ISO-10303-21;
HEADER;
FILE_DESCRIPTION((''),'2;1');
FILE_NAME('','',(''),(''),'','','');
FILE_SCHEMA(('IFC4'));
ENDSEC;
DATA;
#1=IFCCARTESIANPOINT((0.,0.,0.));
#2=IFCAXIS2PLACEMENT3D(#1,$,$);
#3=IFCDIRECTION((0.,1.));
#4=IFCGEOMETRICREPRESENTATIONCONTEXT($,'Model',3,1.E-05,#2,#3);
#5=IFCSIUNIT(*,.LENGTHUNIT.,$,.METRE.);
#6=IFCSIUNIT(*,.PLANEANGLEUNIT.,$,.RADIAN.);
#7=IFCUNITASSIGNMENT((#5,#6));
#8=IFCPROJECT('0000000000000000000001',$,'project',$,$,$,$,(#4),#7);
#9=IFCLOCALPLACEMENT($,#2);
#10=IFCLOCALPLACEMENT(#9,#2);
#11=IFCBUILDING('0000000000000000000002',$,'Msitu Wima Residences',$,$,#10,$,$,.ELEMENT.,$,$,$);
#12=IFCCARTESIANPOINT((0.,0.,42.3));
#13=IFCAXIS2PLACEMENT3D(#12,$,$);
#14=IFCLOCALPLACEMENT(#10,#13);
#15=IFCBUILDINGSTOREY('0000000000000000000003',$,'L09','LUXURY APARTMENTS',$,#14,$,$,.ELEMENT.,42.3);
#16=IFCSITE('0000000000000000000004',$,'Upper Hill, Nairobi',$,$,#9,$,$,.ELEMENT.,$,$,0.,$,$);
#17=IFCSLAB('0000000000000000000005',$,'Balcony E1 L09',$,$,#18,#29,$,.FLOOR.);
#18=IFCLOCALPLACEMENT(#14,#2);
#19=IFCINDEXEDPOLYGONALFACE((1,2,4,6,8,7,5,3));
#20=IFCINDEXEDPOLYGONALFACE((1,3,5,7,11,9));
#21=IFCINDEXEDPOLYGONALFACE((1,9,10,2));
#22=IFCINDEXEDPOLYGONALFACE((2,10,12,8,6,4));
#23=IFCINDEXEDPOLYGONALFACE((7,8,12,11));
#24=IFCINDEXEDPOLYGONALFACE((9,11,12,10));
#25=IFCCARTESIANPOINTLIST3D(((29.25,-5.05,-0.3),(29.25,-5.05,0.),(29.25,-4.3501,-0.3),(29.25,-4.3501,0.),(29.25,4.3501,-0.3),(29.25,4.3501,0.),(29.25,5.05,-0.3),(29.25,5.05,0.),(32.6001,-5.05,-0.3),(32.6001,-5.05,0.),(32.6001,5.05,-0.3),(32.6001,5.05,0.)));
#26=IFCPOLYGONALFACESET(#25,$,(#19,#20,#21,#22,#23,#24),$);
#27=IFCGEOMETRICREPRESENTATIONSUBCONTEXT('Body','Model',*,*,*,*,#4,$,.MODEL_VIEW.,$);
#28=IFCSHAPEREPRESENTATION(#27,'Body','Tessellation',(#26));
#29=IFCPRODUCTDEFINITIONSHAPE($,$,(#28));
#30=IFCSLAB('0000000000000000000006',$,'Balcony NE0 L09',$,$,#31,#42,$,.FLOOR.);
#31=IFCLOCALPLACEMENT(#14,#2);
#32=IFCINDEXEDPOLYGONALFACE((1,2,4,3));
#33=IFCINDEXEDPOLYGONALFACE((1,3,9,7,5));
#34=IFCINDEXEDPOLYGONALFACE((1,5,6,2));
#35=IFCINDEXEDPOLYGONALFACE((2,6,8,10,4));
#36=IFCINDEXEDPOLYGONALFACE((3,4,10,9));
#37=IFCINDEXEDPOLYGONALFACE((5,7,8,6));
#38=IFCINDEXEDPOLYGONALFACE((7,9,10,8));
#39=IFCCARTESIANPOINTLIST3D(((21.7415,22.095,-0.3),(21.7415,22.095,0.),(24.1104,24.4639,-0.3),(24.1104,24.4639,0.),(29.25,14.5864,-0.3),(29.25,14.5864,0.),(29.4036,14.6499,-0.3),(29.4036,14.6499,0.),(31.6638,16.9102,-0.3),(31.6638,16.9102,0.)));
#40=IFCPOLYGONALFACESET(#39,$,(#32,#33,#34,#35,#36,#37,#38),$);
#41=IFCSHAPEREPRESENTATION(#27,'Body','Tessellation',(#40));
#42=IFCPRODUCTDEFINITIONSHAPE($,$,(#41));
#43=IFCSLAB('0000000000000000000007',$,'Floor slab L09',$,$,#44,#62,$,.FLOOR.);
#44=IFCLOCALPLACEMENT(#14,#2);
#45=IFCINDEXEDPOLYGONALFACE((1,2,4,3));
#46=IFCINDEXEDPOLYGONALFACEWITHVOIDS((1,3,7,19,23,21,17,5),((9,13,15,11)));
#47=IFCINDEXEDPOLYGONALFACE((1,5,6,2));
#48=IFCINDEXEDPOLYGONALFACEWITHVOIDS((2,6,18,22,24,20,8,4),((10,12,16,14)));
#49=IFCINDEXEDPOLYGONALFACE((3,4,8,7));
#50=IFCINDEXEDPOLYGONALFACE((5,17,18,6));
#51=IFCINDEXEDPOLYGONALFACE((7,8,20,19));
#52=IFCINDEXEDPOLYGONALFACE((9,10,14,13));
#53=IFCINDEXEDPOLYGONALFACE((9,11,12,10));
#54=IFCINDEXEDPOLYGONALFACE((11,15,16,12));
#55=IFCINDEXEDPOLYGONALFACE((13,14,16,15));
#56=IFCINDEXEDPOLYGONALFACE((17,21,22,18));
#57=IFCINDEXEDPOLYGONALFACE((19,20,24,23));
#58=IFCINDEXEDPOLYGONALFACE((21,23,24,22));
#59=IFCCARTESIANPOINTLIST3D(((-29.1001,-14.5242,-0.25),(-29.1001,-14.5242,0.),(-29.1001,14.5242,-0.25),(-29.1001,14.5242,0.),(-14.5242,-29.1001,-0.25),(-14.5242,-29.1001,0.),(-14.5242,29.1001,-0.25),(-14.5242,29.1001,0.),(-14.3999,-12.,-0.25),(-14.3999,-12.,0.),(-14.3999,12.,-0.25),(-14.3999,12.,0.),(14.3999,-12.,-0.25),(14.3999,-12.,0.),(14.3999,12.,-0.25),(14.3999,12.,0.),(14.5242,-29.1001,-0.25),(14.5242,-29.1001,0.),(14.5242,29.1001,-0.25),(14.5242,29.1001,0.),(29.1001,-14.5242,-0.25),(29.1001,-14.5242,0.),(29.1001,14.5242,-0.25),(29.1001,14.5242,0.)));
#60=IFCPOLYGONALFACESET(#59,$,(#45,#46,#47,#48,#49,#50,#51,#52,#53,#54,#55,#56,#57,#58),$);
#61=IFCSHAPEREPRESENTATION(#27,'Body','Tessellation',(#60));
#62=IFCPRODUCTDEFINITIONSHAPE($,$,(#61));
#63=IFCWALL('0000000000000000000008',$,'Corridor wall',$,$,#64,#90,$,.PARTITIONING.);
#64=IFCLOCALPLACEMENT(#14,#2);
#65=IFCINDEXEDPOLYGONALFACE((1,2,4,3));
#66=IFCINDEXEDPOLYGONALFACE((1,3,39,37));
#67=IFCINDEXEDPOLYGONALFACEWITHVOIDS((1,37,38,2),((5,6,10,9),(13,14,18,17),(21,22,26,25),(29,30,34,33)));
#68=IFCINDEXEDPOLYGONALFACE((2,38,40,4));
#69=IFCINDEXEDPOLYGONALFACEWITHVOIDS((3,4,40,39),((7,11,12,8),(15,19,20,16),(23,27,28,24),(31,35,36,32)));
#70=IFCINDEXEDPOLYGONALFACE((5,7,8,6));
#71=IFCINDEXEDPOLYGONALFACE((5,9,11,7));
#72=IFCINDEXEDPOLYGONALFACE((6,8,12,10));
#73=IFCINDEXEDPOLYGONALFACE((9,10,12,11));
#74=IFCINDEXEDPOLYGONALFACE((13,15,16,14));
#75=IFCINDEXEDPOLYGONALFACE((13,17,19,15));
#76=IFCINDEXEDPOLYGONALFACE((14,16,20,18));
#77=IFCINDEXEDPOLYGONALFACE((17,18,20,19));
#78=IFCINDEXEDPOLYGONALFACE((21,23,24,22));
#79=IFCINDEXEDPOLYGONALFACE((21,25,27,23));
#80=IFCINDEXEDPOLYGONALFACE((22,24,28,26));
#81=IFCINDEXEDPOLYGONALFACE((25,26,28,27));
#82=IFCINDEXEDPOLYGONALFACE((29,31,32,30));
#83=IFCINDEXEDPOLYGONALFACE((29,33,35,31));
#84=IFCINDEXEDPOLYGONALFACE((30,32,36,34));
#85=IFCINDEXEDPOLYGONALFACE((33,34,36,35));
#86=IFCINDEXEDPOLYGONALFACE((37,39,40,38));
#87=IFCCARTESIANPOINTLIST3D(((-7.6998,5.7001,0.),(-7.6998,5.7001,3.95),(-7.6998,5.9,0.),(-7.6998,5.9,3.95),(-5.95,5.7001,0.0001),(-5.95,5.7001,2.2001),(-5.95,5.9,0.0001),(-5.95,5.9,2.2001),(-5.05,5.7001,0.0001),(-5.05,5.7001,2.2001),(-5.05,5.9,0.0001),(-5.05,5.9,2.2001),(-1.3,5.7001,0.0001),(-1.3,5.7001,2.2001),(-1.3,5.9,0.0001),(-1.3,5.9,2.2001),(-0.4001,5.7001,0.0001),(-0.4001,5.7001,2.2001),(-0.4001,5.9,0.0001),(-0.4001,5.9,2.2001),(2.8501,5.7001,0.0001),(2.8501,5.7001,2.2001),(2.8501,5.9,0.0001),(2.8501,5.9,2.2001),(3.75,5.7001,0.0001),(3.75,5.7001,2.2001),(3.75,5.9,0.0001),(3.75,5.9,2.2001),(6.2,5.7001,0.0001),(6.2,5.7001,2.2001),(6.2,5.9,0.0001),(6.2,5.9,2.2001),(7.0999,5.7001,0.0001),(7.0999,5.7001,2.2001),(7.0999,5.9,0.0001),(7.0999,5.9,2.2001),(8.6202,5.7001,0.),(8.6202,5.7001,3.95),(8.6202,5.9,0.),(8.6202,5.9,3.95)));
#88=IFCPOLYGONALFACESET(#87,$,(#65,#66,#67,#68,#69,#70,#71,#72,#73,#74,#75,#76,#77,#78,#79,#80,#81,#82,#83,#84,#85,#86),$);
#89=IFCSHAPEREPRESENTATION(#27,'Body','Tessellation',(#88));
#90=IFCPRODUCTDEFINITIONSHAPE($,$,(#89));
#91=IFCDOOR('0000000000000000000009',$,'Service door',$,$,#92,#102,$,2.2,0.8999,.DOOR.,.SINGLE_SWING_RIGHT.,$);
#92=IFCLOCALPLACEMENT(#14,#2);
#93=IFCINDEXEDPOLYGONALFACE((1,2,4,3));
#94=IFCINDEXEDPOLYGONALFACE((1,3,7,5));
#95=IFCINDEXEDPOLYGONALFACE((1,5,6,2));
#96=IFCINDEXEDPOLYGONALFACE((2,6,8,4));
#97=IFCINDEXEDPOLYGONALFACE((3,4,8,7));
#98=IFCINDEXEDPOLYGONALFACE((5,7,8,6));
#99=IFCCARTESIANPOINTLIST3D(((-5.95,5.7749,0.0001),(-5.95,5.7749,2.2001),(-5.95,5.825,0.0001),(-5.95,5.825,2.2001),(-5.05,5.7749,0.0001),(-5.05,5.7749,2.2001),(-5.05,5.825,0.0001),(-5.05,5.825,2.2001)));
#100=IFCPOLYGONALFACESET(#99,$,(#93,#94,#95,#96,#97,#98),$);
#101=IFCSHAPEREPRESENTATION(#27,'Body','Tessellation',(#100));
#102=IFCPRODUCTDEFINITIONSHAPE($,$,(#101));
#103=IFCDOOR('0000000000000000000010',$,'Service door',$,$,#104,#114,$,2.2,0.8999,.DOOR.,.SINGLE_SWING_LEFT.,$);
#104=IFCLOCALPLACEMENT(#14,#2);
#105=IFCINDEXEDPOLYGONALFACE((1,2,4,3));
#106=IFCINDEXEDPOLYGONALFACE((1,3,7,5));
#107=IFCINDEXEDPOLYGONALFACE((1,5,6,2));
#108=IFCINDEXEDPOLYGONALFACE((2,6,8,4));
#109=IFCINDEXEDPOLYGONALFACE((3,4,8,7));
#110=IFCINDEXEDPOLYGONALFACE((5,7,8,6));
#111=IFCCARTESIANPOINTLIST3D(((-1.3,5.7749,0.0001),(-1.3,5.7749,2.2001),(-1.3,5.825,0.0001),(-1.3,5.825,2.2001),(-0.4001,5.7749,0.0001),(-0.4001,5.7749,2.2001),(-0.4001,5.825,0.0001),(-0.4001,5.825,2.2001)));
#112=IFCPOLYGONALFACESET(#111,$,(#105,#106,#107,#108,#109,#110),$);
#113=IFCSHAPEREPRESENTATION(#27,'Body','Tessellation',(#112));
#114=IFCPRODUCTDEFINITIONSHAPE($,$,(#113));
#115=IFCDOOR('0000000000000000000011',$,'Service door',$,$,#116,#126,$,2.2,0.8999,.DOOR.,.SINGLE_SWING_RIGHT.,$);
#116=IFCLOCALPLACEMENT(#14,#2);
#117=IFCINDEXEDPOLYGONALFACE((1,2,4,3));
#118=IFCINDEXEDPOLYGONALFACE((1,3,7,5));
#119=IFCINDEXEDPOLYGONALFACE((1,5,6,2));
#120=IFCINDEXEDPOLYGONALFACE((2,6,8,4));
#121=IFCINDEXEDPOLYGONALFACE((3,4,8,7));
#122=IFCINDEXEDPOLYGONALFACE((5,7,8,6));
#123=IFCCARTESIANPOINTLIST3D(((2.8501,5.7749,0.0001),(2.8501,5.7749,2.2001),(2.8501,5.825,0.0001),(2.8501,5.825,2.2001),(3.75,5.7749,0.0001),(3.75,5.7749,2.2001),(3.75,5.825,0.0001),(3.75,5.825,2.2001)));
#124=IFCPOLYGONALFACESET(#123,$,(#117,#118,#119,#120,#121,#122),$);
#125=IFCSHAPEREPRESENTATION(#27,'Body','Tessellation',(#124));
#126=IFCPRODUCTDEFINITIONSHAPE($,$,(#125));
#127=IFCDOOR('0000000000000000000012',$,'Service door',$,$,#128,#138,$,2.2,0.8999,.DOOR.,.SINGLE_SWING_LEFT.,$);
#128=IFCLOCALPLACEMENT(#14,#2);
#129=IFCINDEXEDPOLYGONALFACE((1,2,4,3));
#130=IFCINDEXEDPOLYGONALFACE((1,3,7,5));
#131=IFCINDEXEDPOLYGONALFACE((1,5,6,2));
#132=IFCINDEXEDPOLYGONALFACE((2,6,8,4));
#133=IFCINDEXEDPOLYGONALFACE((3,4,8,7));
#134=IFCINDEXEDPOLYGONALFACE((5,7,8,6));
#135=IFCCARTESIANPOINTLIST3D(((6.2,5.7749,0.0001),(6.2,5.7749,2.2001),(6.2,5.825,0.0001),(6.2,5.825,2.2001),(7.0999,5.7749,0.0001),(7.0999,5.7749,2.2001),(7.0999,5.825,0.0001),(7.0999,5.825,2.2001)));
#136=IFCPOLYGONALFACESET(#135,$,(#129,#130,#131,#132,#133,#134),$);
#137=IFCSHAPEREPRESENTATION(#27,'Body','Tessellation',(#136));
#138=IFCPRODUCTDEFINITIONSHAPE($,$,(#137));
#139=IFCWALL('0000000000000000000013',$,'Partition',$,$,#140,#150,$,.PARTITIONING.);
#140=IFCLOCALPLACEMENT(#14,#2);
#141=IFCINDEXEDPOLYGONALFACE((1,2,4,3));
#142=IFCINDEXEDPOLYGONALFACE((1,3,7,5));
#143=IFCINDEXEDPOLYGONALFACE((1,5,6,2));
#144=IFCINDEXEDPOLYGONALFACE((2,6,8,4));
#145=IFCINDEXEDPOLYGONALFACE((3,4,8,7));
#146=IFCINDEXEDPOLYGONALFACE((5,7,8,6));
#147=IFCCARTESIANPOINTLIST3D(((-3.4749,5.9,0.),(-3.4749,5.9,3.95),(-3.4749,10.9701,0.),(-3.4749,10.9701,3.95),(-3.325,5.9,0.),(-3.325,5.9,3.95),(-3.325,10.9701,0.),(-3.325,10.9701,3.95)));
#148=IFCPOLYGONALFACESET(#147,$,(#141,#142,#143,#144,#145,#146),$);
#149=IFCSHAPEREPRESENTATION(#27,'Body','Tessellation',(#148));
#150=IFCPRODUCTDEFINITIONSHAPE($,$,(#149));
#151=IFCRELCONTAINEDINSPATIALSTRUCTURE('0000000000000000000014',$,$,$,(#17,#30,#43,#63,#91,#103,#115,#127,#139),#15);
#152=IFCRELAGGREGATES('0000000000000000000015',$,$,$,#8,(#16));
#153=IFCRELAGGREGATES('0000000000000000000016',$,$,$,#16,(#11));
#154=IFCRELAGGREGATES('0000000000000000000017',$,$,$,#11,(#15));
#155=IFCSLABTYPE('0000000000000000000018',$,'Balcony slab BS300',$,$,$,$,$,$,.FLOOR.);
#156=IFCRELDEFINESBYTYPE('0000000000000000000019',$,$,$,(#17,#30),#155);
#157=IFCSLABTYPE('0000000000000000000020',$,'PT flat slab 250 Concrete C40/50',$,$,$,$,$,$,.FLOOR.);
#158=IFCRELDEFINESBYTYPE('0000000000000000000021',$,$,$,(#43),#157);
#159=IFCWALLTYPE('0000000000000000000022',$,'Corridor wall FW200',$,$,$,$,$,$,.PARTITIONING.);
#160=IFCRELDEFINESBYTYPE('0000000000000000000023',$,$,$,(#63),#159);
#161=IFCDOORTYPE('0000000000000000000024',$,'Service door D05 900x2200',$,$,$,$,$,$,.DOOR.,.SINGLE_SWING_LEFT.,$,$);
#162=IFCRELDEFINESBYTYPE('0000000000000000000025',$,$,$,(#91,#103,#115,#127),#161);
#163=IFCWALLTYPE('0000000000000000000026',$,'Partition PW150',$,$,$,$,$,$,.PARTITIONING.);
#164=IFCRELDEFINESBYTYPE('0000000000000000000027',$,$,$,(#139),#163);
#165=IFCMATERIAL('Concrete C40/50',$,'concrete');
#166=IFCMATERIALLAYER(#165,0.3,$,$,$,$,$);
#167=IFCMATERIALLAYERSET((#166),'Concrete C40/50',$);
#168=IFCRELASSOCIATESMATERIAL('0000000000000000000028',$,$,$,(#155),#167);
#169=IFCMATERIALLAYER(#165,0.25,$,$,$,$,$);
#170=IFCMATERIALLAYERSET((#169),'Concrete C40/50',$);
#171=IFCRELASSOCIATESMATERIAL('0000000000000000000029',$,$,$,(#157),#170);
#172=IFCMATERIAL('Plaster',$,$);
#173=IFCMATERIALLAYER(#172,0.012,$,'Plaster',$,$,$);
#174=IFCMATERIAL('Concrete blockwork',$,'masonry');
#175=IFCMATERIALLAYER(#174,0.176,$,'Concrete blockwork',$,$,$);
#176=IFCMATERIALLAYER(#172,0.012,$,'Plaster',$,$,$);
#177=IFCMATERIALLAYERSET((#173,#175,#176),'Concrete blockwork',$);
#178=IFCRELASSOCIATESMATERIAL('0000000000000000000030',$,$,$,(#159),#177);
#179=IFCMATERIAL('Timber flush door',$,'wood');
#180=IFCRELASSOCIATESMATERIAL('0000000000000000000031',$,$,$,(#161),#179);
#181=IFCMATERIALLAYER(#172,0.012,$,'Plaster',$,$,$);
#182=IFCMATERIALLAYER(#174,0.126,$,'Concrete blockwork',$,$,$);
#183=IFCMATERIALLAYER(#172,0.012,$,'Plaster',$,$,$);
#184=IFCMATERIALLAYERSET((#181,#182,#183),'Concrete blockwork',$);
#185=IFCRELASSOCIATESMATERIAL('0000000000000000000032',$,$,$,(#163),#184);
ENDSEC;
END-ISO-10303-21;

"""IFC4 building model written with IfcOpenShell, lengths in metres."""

from ifc_helpers import new_model, si_unit, direction, frame, frame_2d, origin, place, context, subcontext, project, spatial, polyline, rectangle, outline, extrude, material, layer, layer_set, type_object, element, fill, save


model = new_model("IFC4")

# Units and contexts
model_context = context("Model", 3, precision=1e-05, world=origin(), true_north=direction((0.0, 1.0)))
body_context = subcontext(model_context, "Body", "Model", "MODEL_VIEW")
ifc_project = project(units=[si_unit("LENGTHUNIT", "METRE"), si_unit("PLANEANGLEUNIT", "RADIAN")], contexts=[model_context])

# Site, building, storey
site_placement = place(None, origin())
site = spatial("IfcSite", under=ifc_project, at=site_placement, Name="Upper Hill, Nairobi", CompositionType="ELEMENT", RefElevation=0.0)
building_placement = place(site_placement, origin())
building = spatial("IfcBuilding", under=site, at=building_placement, Name="Msitu Wima Residences", CompositionType="ELEMENT")
storey_placement = place(building_placement, frame((0.0, 0.0, 42.3)))
storey = spatial("IfcBuildingStorey", under=building, at=storey_placement, Name="L09", Description="LUXURY APARTMENTS", CompositionType="ELEMENT", Elevation=42.3)

# Slabs
ifc_material_1 = material(Name="Concrete C40/50", Category="concrete")
ifc_layer_1 = layer(ifc_material_1, 0.3)
ifc_layer_set_1 = layer_set([ifc_layer_1], Name="Concrete C40/50")
slab_type_1 = type_object("IfcSlabType", Name="Balcony slab BS300", PredefinedType="FLOOR", material=ifc_layer_set_1)
slab_1_placement = place(storey_placement, frame((0.0, 0.0, -0.3)))
element("IfcSlab", 1, at=slab_1_placement, inside=storey, type_object=slab_type_1, Name="Balcony E1 L09", PredefinedType="FLOOR", context=body_context, shape_type="SweptSolid", body=[
    extrude(outline(polyline([(29.25, -4.3501), (29.25, 4.3501), (29.25, 5.05), (32.6001, 5.05), (32.6001, -5.05), (29.25, -5.05), (29.25, -4.3501)])), origin(), (0.0, 0.0, 1.0), 0.3),
])
slab_2_placement = place(storey_placement, frame((0.0, 0.0, -0.3)))
element("IfcSlab", 2, at=slab_2_placement, inside=storey, type_object=slab_type_1, Name="Balcony NE0 L09", PredefinedType="FLOOR", context=body_context, shape_type="SweptSolid", body=[
    extrude(outline(polyline([(24.1104, 24.4639), (31.6638, 16.9102), (29.4036, 14.6499), (29.25, 14.5864), (21.7415, 22.095), (24.1104, 24.4639)])), origin(), (0.0, 0.0, 1.0), 0.3),
])
ifc_layer_2 = layer(ifc_material_1, 0.25)
ifc_layer_set_2 = layer_set([ifc_layer_2], Name="Concrete C40/50")
slab_type_2 = type_object("IfcSlabType", Name="PT flat slab 250 Concrete C40/50", PredefinedType="FLOOR", material=ifc_layer_set_2)
slab_3_placement = place(storey_placement, frame((0.0, 0.0, -0.25)))
element("IfcSlab", 3, at=slab_3_placement, inside=storey, type_object=slab_type_2, Name="Floor slab L09", PredefinedType="FLOOR", context=body_context, shape_type="SweptSolid", body=[
    extrude(outline(polyline([(29.1001, -14.5242), (14.5242, -29.1001), (-14.5242, -29.1001), (-29.1001, -14.5242), (-29.1001, 14.5242), (-14.5242, 29.1001), (14.5242, 29.1001), (29.1001, 14.5242), (29.1001, -14.5242)]), holes=[polyline([(-14.3999, -12.0), (14.3999, -12.0), (14.3999, 12.0), (-14.3999, 12.0), (-14.3999, -12.0)])]), origin(), (0.0, 0.0, 1.0), 0.25),
])

# Shared definitions
ifc_material_2 = material(Name="Plaster")
ifc_layer_3 = layer(ifc_material_2, 0.012, Name="Plaster")
ifc_material_3 = material(Name="Concrete blockwork", Category="masonry")
ifc_layer_4 = layer(ifc_material_3, 0.176, Name="Concrete blockwork")
ifc_layer_5 = layer(ifc_material_2, 0.012, Name="Plaster")
ifc_layer_set_3 = layer_set([ifc_layer_3, ifc_layer_4, ifc_layer_5], Name="Concrete blockwork")
wall_type_1 = type_object("IfcWallType", Name="Corridor wall FW200", PredefinedType="PARTITIONING", material=ifc_layer_set_3)

# Wall, openings, doors
wall_1_placement = place(storey_placement, frame((-7.7, 5.8, 0.0), z_axis=(0.0, 0.0, 1.0), x_axis=(1.0, 0.0, 0.0)))
wall_1 = element("IfcWall", 4, at=wall_1_placement, inside=storey, type_object=wall_type_1, Name="Corridor wall", PredefinedType="PARTITIONING", context=body_context, shape_type="SweptSolid", body=[
    extrude(rectangle(XDim=16.3201, YDim=0.2, at=frame_2d((8.1602, 0.0))), origin(), (0.0, 0.0, 1.0), 3.95),
])
opening_1_placement = place(wall_1_placement, frame((1.75, 0.0, 0.0)))
opening_1 = element("IfcOpeningElement", 5, at=opening_1_placement, cuts=wall_1, PredefinedType="OPENING", context=body_context, shape_type="SweptSolid", body=[
    extrude(rectangle(XDim=0.8999, YDim=2.2, at=frame_2d((0.45, 1.1001))), frame((0.0, 0.1099, 0.0), z_axis=(0.0, -1.0, 0.0), x_axis=(1.0, 0.0, 0.0)), (0.0, 0.0, 1.0), 0.22),
])
opening_2_placement = place(wall_1_placement, frame((6.3999, 0.0, 0.0)))
opening_2 = element("IfcOpeningElement", 6, at=opening_2_placement, cuts=wall_1, PredefinedType="OPENING", context=body_context, shape_type="SweptSolid", body=[
    extrude(rectangle(XDim=0.8999, YDim=2.2, at=frame_2d((0.45, 1.1001))), frame((0.0, 0.1099, 0.0), z_axis=(0.0, -1.0, 0.0), x_axis=(1.0, 0.0, 0.0)), (0.0, 0.0, 1.0), 0.22),
])
opening_3_placement = place(wall_1_placement, frame((10.55, 0.0, 0.0)))
opening_3 = element("IfcOpeningElement", 7, at=opening_3_placement, cuts=wall_1, PredefinedType="OPENING", context=body_context, shape_type="SweptSolid", body=[
    extrude(rectangle(XDim=0.8999, YDim=2.2, at=frame_2d((0.45, 1.1001))), frame((0.0, 0.1099, 0.0), z_axis=(0.0, -1.0, 0.0), x_axis=(1.0, 0.0, 0.0)), (0.0, 0.0, 1.0), 0.22),
])
opening_4_placement = place(wall_1_placement, frame((13.8999, 0.0, 0.0)))
opening_4 = element("IfcOpeningElement", 8, at=opening_4_placement, cuts=wall_1, PredefinedType="OPENING", context=body_context, shape_type="SweptSolid", body=[
    extrude(rectangle(XDim=0.8999, YDim=2.2, at=frame_2d((0.45, 1.1001))), frame((0.0, 0.1099, 0.0), z_axis=(0.0, -1.0, 0.0), x_axis=(1.0, 0.0, 0.0)), (0.0, 0.0, 1.0), 0.22),
])
ifc_material_4 = material(Name="Timber flush door", Category="wood")
door_type_1 = type_object("IfcDoorType", Name="Service door D05 900x2200", OperationType="SINGLE_SWING_LEFT", PredefinedType="DOOR", material=ifc_material_4)
door_1_placement = place(opening_1_placement, origin())
door_1 = element("IfcDoor", 9, at=door_1_placement, inside=storey, type_object=door_type_1, Name="Service door", OperationType="SINGLE_SWING_RIGHT", OverallHeight=2.2, OverallWidth=0.8999, PredefinedType="DOOR", context=body_context, shape_type="SweptSolid", body=[
    extrude(rectangle(XDim=0.8999, YDim=2.2, at=frame_2d((0.45, 1.1001))), frame((0.0, 0.0249, 0.0), z_axis=(0.0, -1.0, 0.0), x_axis=(1.0, 0.0, 0.0)), (0.0, 0.0, 1.0), 0.05),
])
fill(opening_1, door_1)
door_2_placement = place(opening_2_placement, origin())
door_2 = element("IfcDoor", 10, at=door_2_placement, inside=storey, type_object=door_type_1, Name="Service door", OperationType="SINGLE_SWING_LEFT", OverallHeight=2.2, OverallWidth=0.8999, PredefinedType="DOOR", context=body_context, shape_type="SweptSolid", body=[
    extrude(rectangle(XDim=0.8999, YDim=2.2, at=frame_2d((0.45, 1.1001))), frame((0.0, 0.0249, 0.0), z_axis=(0.0, -1.0, 0.0), x_axis=(1.0, 0.0, 0.0)), (0.0, 0.0, 1.0), 0.05),
])
fill(opening_2, door_2)
door_3_placement = place(opening_3_placement, origin())
door_3 = element("IfcDoor", 11, at=door_3_placement, inside=storey, type_object=door_type_1, Name="Service door", OperationType="SINGLE_SWING_RIGHT", OverallHeight=2.2, OverallWidth=0.8999, PredefinedType="DOOR", context=body_context, shape_type="SweptSolid", body=[
    extrude(rectangle(XDim=0.8999, YDim=2.2, at=frame_2d((0.45, 1.1001))), frame((0.0, 0.0249, 0.0), z_axis=(0.0, -1.0, 0.0), x_axis=(1.0, 0.0, 0.0)), (0.0, 0.0, 1.0), 0.05),
])
fill(opening_3, door_3)
door_4_placement = place(opening_4_placement, origin())
door_4 = element("IfcDoor", 12, at=door_4_placement, inside=storey, type_object=door_type_1, Name="Service door", OperationType="SINGLE_SWING_LEFT", OverallHeight=2.2, OverallWidth=0.8999, PredefinedType="DOOR", context=body_context, shape_type="SweptSolid", body=[
    extrude(rectangle(XDim=0.8999, YDim=2.2, at=frame_2d((0.45, 1.1001))), frame((0.0, 0.0249, 0.0), z_axis=(0.0, -1.0, 0.0), x_axis=(1.0, 0.0, 0.0)), (0.0, 0.0, 1.0), 0.05),
])
fill(opening_4, door_4)

# Wall
ifc_layer_6 = layer(ifc_material_2, 0.012, Name="Plaster")
ifc_layer_7 = layer(ifc_material_3, 0.126, Name="Concrete blockwork")
ifc_layer_8 = layer(ifc_material_2, 0.012, Name="Plaster")
ifc_layer_set_4 = layer_set([ifc_layer_6, ifc_layer_7, ifc_layer_8], Name="Concrete blockwork")
wall_type_2 = type_object("IfcWallType", Name="Partition PW150", PredefinedType="PARTITIONING", material=ifc_layer_set_4)
wall_2_placement = place(storey_placement, frame((-3.3999, 5.8999, 0.0), z_axis=(0.0, 0.0, 1.0), x_axis=(0.0, 1.0, 0.0)))
element("IfcWall", 13, at=wall_2_placement, inside=storey, type_object=wall_type_2, Name="Partition", PredefinedType="PARTITIONING", context=body_context, shape_type="SweptSolid", body=[
    extrude(rectangle(XDim=5.0701, YDim=0.1499, at=frame_2d((2.5352, 0.0))), origin(), (0.0, 0.0, 1.0), 3.95),
])

save(model, "model.ifc")
